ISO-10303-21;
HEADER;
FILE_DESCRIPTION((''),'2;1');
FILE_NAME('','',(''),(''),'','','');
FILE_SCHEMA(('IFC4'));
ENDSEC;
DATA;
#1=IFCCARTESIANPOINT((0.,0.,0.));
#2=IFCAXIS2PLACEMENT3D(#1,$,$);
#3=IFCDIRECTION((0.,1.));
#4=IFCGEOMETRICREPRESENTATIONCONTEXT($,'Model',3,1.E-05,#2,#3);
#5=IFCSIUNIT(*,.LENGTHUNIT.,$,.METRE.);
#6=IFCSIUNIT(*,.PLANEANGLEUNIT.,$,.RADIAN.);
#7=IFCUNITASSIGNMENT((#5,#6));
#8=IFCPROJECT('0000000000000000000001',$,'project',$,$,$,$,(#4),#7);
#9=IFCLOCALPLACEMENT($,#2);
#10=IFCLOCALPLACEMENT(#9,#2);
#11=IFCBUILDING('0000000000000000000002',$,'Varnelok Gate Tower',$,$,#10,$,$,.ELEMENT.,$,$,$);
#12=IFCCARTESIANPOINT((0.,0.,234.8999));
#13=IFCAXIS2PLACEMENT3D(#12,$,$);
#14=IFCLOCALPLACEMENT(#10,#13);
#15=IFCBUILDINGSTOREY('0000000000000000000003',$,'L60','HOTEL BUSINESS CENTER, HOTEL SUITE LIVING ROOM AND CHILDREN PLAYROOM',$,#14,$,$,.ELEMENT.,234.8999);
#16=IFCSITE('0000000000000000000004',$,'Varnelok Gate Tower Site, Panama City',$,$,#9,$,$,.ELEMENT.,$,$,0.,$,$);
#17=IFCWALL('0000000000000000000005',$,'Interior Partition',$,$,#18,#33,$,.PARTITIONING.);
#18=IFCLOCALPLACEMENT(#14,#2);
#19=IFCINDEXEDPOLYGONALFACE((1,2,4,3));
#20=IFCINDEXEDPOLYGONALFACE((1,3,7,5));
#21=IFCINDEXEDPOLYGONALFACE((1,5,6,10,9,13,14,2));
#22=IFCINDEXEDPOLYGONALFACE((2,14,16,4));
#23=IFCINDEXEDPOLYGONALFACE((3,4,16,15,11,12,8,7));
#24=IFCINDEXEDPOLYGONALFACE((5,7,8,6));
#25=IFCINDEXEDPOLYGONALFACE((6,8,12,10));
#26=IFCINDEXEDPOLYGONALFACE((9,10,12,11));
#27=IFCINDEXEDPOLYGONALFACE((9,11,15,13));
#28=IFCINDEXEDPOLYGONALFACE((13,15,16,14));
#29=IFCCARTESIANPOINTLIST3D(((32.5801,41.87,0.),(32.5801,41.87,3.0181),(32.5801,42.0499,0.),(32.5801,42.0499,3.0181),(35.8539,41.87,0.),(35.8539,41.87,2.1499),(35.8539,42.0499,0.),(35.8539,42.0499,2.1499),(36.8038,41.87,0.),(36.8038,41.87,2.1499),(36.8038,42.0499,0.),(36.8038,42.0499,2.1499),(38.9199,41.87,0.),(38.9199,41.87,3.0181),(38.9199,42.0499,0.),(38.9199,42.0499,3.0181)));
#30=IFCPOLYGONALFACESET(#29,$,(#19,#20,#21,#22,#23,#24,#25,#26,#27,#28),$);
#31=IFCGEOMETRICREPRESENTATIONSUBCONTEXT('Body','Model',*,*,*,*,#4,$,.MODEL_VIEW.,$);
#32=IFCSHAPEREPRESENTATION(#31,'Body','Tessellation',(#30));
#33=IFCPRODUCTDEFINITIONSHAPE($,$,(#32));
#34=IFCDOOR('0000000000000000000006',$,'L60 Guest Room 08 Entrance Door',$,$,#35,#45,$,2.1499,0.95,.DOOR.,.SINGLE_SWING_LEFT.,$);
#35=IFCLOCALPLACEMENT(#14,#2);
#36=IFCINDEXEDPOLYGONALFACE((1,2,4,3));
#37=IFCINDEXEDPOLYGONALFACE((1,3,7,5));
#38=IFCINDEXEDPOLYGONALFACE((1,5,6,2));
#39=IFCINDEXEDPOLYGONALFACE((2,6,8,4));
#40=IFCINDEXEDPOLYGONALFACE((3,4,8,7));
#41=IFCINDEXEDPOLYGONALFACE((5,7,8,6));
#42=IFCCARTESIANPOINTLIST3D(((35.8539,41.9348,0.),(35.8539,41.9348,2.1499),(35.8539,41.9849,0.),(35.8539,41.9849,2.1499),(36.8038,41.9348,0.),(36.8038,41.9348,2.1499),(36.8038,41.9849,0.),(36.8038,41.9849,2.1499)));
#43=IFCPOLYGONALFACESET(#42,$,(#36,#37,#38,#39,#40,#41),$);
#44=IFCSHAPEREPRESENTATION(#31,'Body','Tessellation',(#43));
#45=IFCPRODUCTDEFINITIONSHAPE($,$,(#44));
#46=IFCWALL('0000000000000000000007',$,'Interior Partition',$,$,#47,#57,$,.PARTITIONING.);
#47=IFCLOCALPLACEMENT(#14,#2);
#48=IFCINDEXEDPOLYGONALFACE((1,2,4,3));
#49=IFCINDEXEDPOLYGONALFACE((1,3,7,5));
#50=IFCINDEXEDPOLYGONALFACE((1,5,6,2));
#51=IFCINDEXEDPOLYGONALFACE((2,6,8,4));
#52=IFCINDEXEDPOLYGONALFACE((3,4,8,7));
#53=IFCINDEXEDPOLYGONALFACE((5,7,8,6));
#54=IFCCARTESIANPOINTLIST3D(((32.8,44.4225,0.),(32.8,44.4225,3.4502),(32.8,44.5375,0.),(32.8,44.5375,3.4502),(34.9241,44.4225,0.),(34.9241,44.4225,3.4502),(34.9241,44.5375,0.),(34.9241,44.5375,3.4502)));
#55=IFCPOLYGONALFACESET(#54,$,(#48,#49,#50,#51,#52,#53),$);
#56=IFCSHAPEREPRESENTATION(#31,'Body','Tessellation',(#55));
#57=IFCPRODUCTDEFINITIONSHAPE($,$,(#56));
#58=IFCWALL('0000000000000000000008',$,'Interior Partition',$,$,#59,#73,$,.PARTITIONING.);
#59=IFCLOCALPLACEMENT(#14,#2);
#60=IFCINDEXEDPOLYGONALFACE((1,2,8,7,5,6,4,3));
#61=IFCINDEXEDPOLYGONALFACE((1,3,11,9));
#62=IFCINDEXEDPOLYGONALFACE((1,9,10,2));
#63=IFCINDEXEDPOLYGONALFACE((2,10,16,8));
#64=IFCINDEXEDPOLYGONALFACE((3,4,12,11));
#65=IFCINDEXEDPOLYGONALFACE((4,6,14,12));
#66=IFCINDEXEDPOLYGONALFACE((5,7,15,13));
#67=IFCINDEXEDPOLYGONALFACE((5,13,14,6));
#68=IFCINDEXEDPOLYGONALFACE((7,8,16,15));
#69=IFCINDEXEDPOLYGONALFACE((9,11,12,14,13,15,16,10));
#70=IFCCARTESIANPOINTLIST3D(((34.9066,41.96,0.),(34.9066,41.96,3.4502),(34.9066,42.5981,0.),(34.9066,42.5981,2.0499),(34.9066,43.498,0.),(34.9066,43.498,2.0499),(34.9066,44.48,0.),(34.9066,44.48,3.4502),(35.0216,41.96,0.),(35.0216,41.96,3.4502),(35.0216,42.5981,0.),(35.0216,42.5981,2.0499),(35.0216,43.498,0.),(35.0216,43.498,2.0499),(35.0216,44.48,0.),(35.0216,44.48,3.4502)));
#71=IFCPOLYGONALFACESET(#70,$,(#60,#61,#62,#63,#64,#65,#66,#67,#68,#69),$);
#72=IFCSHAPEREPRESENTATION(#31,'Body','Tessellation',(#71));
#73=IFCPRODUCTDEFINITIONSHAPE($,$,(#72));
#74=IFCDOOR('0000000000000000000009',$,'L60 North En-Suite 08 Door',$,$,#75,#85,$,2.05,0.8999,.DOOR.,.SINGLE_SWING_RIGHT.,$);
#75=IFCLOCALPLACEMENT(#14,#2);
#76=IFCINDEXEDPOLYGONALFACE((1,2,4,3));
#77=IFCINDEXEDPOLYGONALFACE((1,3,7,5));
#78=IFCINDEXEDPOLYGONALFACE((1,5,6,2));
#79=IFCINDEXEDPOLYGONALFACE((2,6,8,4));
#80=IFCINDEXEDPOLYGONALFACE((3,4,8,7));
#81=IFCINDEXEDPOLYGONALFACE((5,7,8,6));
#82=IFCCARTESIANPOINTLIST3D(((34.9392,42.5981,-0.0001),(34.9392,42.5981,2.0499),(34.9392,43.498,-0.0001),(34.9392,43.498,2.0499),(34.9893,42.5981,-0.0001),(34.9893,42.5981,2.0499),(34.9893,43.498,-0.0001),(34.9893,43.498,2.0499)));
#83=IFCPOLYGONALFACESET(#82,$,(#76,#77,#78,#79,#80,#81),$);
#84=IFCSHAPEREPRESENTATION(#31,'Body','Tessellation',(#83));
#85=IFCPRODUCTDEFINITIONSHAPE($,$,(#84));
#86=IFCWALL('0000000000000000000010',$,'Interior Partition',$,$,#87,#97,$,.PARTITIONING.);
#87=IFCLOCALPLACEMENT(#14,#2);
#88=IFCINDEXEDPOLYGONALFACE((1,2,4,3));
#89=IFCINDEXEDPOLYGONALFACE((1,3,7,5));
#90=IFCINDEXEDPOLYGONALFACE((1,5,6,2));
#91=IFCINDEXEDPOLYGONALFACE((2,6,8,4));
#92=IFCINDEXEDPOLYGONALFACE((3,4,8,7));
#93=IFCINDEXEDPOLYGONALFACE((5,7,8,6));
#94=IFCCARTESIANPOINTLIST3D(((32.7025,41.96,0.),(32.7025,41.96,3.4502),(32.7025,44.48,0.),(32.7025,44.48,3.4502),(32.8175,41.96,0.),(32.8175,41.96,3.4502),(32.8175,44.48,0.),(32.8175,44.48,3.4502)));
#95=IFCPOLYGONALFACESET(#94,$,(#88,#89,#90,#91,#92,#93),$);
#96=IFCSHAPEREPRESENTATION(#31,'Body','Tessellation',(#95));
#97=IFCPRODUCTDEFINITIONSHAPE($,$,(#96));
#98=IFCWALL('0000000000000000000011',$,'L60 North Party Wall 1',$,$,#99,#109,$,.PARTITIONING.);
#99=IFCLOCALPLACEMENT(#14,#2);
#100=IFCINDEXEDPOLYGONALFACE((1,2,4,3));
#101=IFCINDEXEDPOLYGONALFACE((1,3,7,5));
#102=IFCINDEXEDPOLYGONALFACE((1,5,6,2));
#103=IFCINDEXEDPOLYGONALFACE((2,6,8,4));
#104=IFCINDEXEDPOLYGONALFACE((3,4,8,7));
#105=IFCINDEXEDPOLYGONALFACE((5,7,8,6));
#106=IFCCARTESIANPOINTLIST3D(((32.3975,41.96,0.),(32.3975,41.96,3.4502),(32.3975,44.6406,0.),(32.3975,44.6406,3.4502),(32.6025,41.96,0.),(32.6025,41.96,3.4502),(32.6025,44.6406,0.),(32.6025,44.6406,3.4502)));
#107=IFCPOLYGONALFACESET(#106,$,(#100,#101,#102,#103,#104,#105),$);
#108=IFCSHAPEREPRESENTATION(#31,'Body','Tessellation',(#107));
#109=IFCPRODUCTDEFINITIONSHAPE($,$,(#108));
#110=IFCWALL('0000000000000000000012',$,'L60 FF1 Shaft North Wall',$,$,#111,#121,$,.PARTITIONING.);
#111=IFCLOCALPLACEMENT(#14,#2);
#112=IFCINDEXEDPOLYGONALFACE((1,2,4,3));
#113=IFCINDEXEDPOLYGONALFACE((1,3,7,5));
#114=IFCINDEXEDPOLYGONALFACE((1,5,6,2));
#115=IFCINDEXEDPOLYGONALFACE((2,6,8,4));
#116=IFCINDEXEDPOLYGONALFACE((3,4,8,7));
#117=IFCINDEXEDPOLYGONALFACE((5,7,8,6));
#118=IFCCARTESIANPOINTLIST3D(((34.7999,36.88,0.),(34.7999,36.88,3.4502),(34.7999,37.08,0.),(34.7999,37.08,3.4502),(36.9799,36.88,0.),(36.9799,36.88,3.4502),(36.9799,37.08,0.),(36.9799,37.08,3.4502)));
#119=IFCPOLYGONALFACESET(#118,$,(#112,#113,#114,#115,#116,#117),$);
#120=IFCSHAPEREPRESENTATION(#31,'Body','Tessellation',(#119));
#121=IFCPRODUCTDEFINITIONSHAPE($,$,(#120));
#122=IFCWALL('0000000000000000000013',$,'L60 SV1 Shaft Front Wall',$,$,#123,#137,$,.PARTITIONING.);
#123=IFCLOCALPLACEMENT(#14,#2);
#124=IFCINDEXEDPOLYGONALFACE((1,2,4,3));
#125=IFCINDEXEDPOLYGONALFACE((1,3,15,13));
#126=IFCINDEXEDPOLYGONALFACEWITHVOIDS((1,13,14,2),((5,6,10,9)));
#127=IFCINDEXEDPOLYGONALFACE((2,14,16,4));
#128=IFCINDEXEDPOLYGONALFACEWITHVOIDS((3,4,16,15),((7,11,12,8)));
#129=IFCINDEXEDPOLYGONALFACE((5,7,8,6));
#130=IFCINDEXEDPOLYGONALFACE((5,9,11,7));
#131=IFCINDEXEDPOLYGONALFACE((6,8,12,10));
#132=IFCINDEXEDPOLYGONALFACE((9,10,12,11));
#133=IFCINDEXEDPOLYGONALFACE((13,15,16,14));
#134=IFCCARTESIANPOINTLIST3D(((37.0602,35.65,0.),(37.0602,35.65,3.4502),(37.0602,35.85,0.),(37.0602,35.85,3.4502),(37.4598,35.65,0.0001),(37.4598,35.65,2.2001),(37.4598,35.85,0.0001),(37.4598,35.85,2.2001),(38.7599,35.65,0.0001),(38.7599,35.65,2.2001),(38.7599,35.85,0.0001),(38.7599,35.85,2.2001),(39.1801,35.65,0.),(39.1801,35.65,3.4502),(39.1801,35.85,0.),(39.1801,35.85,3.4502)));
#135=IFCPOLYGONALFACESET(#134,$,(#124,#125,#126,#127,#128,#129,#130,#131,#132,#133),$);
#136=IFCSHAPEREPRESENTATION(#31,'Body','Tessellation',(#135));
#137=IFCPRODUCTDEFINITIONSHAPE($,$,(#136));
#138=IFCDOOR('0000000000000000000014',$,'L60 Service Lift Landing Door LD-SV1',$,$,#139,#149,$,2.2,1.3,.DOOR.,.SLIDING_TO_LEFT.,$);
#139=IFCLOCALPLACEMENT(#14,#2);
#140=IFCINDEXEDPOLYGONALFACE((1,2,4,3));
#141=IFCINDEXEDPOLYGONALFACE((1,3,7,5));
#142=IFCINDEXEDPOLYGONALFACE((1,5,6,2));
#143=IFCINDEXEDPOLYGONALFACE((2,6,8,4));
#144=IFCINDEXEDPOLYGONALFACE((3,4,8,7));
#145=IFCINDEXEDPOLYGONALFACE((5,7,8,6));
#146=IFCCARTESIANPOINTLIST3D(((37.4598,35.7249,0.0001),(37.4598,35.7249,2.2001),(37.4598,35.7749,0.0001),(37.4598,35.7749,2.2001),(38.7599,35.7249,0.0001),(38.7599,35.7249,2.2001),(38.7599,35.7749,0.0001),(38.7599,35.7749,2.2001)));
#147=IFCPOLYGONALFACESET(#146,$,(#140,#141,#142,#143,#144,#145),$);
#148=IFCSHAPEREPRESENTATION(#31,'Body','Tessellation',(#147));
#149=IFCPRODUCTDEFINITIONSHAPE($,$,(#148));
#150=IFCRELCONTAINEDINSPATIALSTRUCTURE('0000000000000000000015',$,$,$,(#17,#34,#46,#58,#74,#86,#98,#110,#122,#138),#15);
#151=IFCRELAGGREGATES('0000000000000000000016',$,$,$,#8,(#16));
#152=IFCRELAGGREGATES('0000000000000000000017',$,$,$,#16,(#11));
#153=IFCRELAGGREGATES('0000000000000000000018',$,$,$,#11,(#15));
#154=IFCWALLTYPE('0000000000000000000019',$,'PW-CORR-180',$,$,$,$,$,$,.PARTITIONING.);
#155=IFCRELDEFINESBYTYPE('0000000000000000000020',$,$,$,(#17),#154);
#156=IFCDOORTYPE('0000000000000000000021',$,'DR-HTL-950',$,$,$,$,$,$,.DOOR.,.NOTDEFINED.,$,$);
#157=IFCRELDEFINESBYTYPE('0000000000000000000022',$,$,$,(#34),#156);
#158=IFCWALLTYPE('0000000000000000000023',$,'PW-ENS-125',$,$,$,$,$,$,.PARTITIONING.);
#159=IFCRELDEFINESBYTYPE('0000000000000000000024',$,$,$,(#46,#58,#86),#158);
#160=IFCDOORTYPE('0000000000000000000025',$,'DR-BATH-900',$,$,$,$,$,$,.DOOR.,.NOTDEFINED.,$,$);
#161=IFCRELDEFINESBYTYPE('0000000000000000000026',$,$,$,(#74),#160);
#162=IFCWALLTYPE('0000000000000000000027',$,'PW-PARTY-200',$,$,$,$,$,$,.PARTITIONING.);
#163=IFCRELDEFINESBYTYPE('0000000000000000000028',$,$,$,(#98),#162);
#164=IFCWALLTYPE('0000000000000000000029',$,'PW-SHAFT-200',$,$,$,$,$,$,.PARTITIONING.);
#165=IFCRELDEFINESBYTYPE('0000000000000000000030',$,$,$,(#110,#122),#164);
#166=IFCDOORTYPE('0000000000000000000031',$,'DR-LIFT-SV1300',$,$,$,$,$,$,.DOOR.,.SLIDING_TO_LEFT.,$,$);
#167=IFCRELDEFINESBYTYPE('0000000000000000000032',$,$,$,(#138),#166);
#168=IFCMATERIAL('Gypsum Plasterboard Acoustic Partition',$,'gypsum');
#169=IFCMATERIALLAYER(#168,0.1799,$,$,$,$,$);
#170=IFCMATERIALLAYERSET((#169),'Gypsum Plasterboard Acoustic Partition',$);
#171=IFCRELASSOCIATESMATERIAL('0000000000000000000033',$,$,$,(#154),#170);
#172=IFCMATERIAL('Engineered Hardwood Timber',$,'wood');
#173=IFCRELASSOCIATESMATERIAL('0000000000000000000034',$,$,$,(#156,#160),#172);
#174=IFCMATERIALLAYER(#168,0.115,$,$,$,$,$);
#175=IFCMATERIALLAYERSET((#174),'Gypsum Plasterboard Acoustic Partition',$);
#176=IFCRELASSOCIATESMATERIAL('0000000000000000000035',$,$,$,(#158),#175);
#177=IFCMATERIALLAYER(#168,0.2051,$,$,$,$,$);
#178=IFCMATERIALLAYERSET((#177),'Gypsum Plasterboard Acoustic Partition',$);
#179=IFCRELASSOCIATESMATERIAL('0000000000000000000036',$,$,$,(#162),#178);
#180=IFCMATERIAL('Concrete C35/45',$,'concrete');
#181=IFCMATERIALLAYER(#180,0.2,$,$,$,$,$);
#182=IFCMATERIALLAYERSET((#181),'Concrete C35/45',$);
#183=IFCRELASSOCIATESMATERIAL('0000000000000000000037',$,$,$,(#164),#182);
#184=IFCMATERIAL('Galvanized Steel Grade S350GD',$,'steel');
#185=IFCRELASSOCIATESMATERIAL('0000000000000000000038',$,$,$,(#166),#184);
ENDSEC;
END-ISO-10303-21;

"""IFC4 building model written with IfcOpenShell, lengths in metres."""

from ifc_helpers import new_model, si_unit, direction, frame, frame_2d, origin, place, context, subcontext, project, spatial, rectangle, extrude, material, layer, layer_set, type_object, element, fill, save


model = new_model("IFC4")

# Units and contexts
model_context = context("Model", 3, precision=1e-05, world=origin(), true_north=direction((0.0, 1.0)))
body_context = subcontext(model_context, "Body", "Model", "MODEL_VIEW")
ifc_project = project(units=[si_unit("LENGTHUNIT", "METRE"), si_unit("PLANEANGLEUNIT", "RADIAN")], contexts=[model_context])

# Site, building, storey
site_placement = place(None, origin())
site = spatial("IfcSite", under=ifc_project, at=site_placement, Name="Varnelok Gate Tower Site, Panama City", CompositionType="ELEMENT", RefElevation=0.0)
building_placement = place(site_placement, origin())
building = spatial("IfcBuilding", under=site, at=building_placement, Name="Varnelok Gate Tower", CompositionType="ELEMENT")
storey_placement = place(building_placement, frame((0.0, 0.0, 234.8999)))
storey = spatial("IfcBuildingStorey", under=building, at=storey_placement, Name="L60", Description="HOTEL BUSINESS CENTER, HOTEL SUITE LIVING ROOM AND CHILDREN PLAYROOM", CompositionType="ELEMENT", Elevation=234.8999)

# Wall, opening, door
ifc_material_1 = material(Name="Gypsum Plasterboard Acoustic Partition", Category="gypsum")
ifc_layer_1 = layer(ifc_material_1, 0.1799)
ifc_layer_set_1 = layer_set([ifc_layer_1], Name="Gypsum Plasterboard Acoustic Partition")
wall_type_1 = type_object("IfcWallType", Name="PW-CORR-180", PredefinedType="PARTITIONING", material=ifc_layer_set_1)
wall_1_placement = place(storey_placement, frame((32.5801, 41.96, 0.0), z_axis=(0.0, 0.0, 1.0), x_axis=(1.0, 0.0, 0.0)))
wall_1 = element("IfcWall", 1, at=wall_1_placement, inside=storey, type_object=wall_type_1, Name="Interior Partition", PredefinedType="PARTITIONING", context=body_context, shape_type="SweptSolid", body=[
    extrude(rectangle(XDim=6.3398, YDim=0.1799, at=frame_2d((3.1699, 0.0))), origin(), (0.0, 0.0, 1.0), 3.0181),
])
opening_1_placement = place(wall_1_placement, frame((3.2737, 0.0, 0.0)))
opening_1 = element("IfcOpeningElement", 2, at=opening_1_placement, cuts=wall_1, PredefinedType="OPENING", context=body_context, shape_type="SweptSolid", body=[
    extrude(rectangle(XDim=0.95, YDim=2.1499, at=frame_2d((0.4751, 1.075))), frame((0.0, 0.0999, 0.0), z_axis=(0.0, -1.0, 0.0), x_axis=(1.0, 0.0, 0.0)), (0.0, 0.0, 1.0), 0.2),
])
ifc_material_2 = material(Name="Engineered Hardwood Timber", Category="wood")
door_type_1 = type_object("IfcDoorType", Name="DR-HTL-950", OperationType="NOTDEFINED", PredefinedType="DOOR", material=ifc_material_2)
door_1_placement = place(opening_1_placement, origin())
door_1 = element("IfcDoor", 3, at=door_1_placement, inside=storey, type_object=door_type_1, Name="L60 Guest Room 08 Entrance Door", OperationType="SINGLE_SWING_LEFT", OverallHeight=2.1499, OverallWidth=0.95, PredefinedType="DOOR", context=body_context, shape_type="SweptSolid", body=[
    extrude(rectangle(XDim=0.95, YDim=2.1499, at=frame_2d((0.4751, 1.075))), frame((0.0, 0.0249, 0.0), z_axis=(0.0, -1.0, 0.0), x_axis=(1.0, 0.0, 0.0)), (0.0, 0.0, 1.0), 0.05),
])
fill(opening_1, door_1)

# Wall
ifc_layer_2 = layer(ifc_material_1, 0.115)
ifc_layer_set_2 = layer_set([ifc_layer_2], Name="Gypsum Plasterboard Acoustic Partition")
wall_type_2 = type_object("IfcWallType", Name="PW-ENS-125", PredefinedType="PARTITIONING", material=ifc_layer_set_2)
wall_2_placement = place(storey_placement, frame((32.8, 44.48, 0.0), z_axis=(0.0, 0.0, 1.0), x_axis=(1.0, 0.0, 0.0)))
element("IfcWall", 4, at=wall_2_placement, inside=storey, type_object=wall_type_2, Name="Interior Partition", PredefinedType="PARTITIONING", context=body_context, shape_type="SweptSolid", body=[
    extrude(rectangle(XDim=2.124, YDim=0.115, at=frame_2d((1.062, 0.0))), origin(), (0.0, 0.0, 1.0), 3.4502),
])

# Wall, opening, door
wall_3_placement = place(storey_placement, frame((34.9641, 41.96, 0.0), z_axis=(0.0, 0.0, 1.0), x_axis=(0.0, 1.0, 0.0)))
wall_3 = element("IfcWall", 5, at=wall_3_placement, inside=storey, type_object=wall_type_2, Name="Interior Partition", PredefinedType="PARTITIONING", context=body_context, shape_type="SweptSolid", body=[
    extrude(rectangle(XDim=2.52, YDim=0.115, at=frame_2d((1.26, 0.0))), origin(), (0.0, 0.0, 1.0), 3.4502),
])
opening_2_placement = place(wall_3_placement, frame((0.6382, 0.0, 0.0)))
opening_2 = element("IfcOpeningElement", 6, at=opening_2_placement, cuts=wall_3, PredefinedType="OPENING", context=body_context, shape_type="SweptSolid", body=[
    extrude(rectangle(XDim=0.8999, YDim=2.05, at=frame_2d((0.45, 1.0249))), frame((0.0, 0.0674, 0.0), z_axis=(0.0, -1.0, 0.0), x_axis=(1.0, 0.0, 0.0)), (0.0, 0.0, 1.0), 0.135),
])
door_type_2 = type_object("IfcDoorType", Name="DR-BATH-900", OperationType="NOTDEFINED", PredefinedType="DOOR", material=ifc_material_2)
door_2_placement = place(opening_2_placement, origin())
door_2 = element("IfcDoor", 7, at=door_2_placement, inside=storey, type_object=door_type_2, Name="L60 North En-Suite 08 Door", OperationType="SINGLE_SWING_RIGHT", OverallHeight=2.05, OverallWidth=0.8999, PredefinedType="DOOR", context=body_context, shape_type="SweptSolid", body=[
    extrude(rectangle(XDim=0.8999, YDim=2.05, at=frame_2d((0.45, 1.0249))), frame((0.0, 0.0249, 0.0), z_axis=(0.0, -1.0, 0.0), x_axis=(1.0, 0.0, 0.0)), (0.0, 0.0, 1.0), 0.05),
])
fill(opening_2, door_2)

# Walls
wall_4_placement = place(storey_placement, frame((32.76, 41.96, 0.0), z_axis=(0.0, 0.0, 1.0), x_axis=(0.0, 1.0, 0.0)))
element("IfcWall", 8, at=wall_4_placement, inside=storey, type_object=wall_type_2, Name="Interior Partition", PredefinedType="PARTITIONING", context=body_context, shape_type="SweptSolid", body=[
    extrude(rectangle(XDim=2.52, YDim=0.115, at=frame_2d((1.26, 0.0))), origin(), (0.0, 0.0, 1.0), 3.4502),
])
ifc_layer_3 = layer(ifc_material_1, 0.2051)
ifc_layer_set_3 = layer_set([ifc_layer_3], Name="Gypsum Plasterboard Acoustic Partition")
wall_type_3 = type_object("IfcWallType", Name="PW-PARTY-200", PredefinedType="PARTITIONING", material=ifc_layer_set_3)
wall_5_placement = place(storey_placement, frame((32.5, 41.96, 0.0), z_axis=(0.0, 0.0, 1.0), x_axis=(0.0, 1.0, 0.0)))
element("IfcWall", 9, at=wall_5_placement, inside=storey, type_object=wall_type_3, Name="L60 North Party Wall 1", PredefinedType="PARTITIONING", context=body_context, shape_type="SweptSolid", body=[
    extrude(rectangle(XDim=2.6807, YDim=0.2051, at=frame_2d((1.3403, 0.0))), origin(), (0.0, 0.0, 1.0), 3.4502),
])
ifc_material_3 = material(Name="Concrete C35/45", Category="concrete")
ifc_layer_4 = layer(ifc_material_3, 0.2)
ifc_layer_set_4 = layer_set([ifc_layer_4], Name="Concrete C35/45")
wall_type_4 = type_object("IfcWallType", Name="PW-SHAFT-200", PredefinedType="PARTITIONING", material=ifc_layer_set_4)
wall_6_placement = place(storey_placement, frame((34.8, 36.98, 0.0), z_axis=(0.0, 0.0, 1.0), x_axis=(1.0, 0.0, 0.0)))
element("IfcWall", 10, at=wall_6_placement, inside=storey, type_object=wall_type_4, Name="L60 FF1 Shaft North Wall", PredefinedType="PARTITIONING", context=body_context, shape_type="SweptSolid", body=[
    extrude(rectangle(XDim=2.1799, YDim=0.2, at=frame_2d((1.0898, 0.0))), origin(), (0.0, 0.0, 1.0), 3.4502),
])

# Wall, opening, door
wall_7_placement = place(storey_placement, frame((37.0601, 35.75, 0.0), z_axis=(0.0, 0.0, 1.0), x_axis=(1.0, 0.0, 0.0)))
wall_7 = element("IfcWall", 11, at=wall_7_placement, inside=storey, type_object=wall_type_4, Name="L60 SV1 Shaft Front Wall", PredefinedType="PARTITIONING", context=body_context, shape_type="SweptSolid", body=[
    extrude(rectangle(XDim=2.1199, YDim=0.2, at=frame_2d((1.0601, 0.0))), origin(), (0.0, 0.0, 1.0), 3.4502),
])
opening_3_placement = place(wall_7_placement, frame((0.3999, 0.0, 0.0)))
opening_3 = element("IfcOpeningElement", 12, at=opening_3_placement, cuts=wall_7, PredefinedType="OPENING", context=body_context, shape_type="SweptSolid", body=[
    extrude(rectangle(XDim=1.3, YDim=2.2, at=frame_2d((0.6499, 1.1001))), frame((0.0, 0.1099, 0.0), z_axis=(0.0, -1.0, 0.0), x_axis=(1.0, 0.0, 0.0)), (0.0, 0.0, 1.0), 0.22),
])
ifc_material_4 = material(Name="Galvanized Steel Grade S350GD", Category="steel")
door_type_3 = type_object("IfcDoorType", Name="DR-LIFT-SV1300", OperationType="SLIDING_TO_LEFT", PredefinedType="DOOR", material=ifc_material_4)
door_3_placement = place(opening_3_placement, origin())
door_3 = element("IfcDoor", 13, at=door_3_placement, inside=storey, type_object=door_type_3, Name="L60 Service Lift Landing Door LD-SV1", OperationType="SLIDING_TO_LEFT", OverallHeight=2.2, OverallWidth=1.3, PredefinedType="DOOR", context=body_context, shape_type="SweptSolid", body=[
    extrude(rectangle(XDim=1.3, YDim=2.2, at=frame_2d((0.6499, 1.1001))), frame((0.0, 0.0249, 0.0), z_axis=(0.0, -1.0, 0.0), x_axis=(1.0, 0.0, 0.0)), (0.0, 0.0, 1.0), 0.05),
])
fill(opening_3, door_3)

save(model, "model.ifc")
